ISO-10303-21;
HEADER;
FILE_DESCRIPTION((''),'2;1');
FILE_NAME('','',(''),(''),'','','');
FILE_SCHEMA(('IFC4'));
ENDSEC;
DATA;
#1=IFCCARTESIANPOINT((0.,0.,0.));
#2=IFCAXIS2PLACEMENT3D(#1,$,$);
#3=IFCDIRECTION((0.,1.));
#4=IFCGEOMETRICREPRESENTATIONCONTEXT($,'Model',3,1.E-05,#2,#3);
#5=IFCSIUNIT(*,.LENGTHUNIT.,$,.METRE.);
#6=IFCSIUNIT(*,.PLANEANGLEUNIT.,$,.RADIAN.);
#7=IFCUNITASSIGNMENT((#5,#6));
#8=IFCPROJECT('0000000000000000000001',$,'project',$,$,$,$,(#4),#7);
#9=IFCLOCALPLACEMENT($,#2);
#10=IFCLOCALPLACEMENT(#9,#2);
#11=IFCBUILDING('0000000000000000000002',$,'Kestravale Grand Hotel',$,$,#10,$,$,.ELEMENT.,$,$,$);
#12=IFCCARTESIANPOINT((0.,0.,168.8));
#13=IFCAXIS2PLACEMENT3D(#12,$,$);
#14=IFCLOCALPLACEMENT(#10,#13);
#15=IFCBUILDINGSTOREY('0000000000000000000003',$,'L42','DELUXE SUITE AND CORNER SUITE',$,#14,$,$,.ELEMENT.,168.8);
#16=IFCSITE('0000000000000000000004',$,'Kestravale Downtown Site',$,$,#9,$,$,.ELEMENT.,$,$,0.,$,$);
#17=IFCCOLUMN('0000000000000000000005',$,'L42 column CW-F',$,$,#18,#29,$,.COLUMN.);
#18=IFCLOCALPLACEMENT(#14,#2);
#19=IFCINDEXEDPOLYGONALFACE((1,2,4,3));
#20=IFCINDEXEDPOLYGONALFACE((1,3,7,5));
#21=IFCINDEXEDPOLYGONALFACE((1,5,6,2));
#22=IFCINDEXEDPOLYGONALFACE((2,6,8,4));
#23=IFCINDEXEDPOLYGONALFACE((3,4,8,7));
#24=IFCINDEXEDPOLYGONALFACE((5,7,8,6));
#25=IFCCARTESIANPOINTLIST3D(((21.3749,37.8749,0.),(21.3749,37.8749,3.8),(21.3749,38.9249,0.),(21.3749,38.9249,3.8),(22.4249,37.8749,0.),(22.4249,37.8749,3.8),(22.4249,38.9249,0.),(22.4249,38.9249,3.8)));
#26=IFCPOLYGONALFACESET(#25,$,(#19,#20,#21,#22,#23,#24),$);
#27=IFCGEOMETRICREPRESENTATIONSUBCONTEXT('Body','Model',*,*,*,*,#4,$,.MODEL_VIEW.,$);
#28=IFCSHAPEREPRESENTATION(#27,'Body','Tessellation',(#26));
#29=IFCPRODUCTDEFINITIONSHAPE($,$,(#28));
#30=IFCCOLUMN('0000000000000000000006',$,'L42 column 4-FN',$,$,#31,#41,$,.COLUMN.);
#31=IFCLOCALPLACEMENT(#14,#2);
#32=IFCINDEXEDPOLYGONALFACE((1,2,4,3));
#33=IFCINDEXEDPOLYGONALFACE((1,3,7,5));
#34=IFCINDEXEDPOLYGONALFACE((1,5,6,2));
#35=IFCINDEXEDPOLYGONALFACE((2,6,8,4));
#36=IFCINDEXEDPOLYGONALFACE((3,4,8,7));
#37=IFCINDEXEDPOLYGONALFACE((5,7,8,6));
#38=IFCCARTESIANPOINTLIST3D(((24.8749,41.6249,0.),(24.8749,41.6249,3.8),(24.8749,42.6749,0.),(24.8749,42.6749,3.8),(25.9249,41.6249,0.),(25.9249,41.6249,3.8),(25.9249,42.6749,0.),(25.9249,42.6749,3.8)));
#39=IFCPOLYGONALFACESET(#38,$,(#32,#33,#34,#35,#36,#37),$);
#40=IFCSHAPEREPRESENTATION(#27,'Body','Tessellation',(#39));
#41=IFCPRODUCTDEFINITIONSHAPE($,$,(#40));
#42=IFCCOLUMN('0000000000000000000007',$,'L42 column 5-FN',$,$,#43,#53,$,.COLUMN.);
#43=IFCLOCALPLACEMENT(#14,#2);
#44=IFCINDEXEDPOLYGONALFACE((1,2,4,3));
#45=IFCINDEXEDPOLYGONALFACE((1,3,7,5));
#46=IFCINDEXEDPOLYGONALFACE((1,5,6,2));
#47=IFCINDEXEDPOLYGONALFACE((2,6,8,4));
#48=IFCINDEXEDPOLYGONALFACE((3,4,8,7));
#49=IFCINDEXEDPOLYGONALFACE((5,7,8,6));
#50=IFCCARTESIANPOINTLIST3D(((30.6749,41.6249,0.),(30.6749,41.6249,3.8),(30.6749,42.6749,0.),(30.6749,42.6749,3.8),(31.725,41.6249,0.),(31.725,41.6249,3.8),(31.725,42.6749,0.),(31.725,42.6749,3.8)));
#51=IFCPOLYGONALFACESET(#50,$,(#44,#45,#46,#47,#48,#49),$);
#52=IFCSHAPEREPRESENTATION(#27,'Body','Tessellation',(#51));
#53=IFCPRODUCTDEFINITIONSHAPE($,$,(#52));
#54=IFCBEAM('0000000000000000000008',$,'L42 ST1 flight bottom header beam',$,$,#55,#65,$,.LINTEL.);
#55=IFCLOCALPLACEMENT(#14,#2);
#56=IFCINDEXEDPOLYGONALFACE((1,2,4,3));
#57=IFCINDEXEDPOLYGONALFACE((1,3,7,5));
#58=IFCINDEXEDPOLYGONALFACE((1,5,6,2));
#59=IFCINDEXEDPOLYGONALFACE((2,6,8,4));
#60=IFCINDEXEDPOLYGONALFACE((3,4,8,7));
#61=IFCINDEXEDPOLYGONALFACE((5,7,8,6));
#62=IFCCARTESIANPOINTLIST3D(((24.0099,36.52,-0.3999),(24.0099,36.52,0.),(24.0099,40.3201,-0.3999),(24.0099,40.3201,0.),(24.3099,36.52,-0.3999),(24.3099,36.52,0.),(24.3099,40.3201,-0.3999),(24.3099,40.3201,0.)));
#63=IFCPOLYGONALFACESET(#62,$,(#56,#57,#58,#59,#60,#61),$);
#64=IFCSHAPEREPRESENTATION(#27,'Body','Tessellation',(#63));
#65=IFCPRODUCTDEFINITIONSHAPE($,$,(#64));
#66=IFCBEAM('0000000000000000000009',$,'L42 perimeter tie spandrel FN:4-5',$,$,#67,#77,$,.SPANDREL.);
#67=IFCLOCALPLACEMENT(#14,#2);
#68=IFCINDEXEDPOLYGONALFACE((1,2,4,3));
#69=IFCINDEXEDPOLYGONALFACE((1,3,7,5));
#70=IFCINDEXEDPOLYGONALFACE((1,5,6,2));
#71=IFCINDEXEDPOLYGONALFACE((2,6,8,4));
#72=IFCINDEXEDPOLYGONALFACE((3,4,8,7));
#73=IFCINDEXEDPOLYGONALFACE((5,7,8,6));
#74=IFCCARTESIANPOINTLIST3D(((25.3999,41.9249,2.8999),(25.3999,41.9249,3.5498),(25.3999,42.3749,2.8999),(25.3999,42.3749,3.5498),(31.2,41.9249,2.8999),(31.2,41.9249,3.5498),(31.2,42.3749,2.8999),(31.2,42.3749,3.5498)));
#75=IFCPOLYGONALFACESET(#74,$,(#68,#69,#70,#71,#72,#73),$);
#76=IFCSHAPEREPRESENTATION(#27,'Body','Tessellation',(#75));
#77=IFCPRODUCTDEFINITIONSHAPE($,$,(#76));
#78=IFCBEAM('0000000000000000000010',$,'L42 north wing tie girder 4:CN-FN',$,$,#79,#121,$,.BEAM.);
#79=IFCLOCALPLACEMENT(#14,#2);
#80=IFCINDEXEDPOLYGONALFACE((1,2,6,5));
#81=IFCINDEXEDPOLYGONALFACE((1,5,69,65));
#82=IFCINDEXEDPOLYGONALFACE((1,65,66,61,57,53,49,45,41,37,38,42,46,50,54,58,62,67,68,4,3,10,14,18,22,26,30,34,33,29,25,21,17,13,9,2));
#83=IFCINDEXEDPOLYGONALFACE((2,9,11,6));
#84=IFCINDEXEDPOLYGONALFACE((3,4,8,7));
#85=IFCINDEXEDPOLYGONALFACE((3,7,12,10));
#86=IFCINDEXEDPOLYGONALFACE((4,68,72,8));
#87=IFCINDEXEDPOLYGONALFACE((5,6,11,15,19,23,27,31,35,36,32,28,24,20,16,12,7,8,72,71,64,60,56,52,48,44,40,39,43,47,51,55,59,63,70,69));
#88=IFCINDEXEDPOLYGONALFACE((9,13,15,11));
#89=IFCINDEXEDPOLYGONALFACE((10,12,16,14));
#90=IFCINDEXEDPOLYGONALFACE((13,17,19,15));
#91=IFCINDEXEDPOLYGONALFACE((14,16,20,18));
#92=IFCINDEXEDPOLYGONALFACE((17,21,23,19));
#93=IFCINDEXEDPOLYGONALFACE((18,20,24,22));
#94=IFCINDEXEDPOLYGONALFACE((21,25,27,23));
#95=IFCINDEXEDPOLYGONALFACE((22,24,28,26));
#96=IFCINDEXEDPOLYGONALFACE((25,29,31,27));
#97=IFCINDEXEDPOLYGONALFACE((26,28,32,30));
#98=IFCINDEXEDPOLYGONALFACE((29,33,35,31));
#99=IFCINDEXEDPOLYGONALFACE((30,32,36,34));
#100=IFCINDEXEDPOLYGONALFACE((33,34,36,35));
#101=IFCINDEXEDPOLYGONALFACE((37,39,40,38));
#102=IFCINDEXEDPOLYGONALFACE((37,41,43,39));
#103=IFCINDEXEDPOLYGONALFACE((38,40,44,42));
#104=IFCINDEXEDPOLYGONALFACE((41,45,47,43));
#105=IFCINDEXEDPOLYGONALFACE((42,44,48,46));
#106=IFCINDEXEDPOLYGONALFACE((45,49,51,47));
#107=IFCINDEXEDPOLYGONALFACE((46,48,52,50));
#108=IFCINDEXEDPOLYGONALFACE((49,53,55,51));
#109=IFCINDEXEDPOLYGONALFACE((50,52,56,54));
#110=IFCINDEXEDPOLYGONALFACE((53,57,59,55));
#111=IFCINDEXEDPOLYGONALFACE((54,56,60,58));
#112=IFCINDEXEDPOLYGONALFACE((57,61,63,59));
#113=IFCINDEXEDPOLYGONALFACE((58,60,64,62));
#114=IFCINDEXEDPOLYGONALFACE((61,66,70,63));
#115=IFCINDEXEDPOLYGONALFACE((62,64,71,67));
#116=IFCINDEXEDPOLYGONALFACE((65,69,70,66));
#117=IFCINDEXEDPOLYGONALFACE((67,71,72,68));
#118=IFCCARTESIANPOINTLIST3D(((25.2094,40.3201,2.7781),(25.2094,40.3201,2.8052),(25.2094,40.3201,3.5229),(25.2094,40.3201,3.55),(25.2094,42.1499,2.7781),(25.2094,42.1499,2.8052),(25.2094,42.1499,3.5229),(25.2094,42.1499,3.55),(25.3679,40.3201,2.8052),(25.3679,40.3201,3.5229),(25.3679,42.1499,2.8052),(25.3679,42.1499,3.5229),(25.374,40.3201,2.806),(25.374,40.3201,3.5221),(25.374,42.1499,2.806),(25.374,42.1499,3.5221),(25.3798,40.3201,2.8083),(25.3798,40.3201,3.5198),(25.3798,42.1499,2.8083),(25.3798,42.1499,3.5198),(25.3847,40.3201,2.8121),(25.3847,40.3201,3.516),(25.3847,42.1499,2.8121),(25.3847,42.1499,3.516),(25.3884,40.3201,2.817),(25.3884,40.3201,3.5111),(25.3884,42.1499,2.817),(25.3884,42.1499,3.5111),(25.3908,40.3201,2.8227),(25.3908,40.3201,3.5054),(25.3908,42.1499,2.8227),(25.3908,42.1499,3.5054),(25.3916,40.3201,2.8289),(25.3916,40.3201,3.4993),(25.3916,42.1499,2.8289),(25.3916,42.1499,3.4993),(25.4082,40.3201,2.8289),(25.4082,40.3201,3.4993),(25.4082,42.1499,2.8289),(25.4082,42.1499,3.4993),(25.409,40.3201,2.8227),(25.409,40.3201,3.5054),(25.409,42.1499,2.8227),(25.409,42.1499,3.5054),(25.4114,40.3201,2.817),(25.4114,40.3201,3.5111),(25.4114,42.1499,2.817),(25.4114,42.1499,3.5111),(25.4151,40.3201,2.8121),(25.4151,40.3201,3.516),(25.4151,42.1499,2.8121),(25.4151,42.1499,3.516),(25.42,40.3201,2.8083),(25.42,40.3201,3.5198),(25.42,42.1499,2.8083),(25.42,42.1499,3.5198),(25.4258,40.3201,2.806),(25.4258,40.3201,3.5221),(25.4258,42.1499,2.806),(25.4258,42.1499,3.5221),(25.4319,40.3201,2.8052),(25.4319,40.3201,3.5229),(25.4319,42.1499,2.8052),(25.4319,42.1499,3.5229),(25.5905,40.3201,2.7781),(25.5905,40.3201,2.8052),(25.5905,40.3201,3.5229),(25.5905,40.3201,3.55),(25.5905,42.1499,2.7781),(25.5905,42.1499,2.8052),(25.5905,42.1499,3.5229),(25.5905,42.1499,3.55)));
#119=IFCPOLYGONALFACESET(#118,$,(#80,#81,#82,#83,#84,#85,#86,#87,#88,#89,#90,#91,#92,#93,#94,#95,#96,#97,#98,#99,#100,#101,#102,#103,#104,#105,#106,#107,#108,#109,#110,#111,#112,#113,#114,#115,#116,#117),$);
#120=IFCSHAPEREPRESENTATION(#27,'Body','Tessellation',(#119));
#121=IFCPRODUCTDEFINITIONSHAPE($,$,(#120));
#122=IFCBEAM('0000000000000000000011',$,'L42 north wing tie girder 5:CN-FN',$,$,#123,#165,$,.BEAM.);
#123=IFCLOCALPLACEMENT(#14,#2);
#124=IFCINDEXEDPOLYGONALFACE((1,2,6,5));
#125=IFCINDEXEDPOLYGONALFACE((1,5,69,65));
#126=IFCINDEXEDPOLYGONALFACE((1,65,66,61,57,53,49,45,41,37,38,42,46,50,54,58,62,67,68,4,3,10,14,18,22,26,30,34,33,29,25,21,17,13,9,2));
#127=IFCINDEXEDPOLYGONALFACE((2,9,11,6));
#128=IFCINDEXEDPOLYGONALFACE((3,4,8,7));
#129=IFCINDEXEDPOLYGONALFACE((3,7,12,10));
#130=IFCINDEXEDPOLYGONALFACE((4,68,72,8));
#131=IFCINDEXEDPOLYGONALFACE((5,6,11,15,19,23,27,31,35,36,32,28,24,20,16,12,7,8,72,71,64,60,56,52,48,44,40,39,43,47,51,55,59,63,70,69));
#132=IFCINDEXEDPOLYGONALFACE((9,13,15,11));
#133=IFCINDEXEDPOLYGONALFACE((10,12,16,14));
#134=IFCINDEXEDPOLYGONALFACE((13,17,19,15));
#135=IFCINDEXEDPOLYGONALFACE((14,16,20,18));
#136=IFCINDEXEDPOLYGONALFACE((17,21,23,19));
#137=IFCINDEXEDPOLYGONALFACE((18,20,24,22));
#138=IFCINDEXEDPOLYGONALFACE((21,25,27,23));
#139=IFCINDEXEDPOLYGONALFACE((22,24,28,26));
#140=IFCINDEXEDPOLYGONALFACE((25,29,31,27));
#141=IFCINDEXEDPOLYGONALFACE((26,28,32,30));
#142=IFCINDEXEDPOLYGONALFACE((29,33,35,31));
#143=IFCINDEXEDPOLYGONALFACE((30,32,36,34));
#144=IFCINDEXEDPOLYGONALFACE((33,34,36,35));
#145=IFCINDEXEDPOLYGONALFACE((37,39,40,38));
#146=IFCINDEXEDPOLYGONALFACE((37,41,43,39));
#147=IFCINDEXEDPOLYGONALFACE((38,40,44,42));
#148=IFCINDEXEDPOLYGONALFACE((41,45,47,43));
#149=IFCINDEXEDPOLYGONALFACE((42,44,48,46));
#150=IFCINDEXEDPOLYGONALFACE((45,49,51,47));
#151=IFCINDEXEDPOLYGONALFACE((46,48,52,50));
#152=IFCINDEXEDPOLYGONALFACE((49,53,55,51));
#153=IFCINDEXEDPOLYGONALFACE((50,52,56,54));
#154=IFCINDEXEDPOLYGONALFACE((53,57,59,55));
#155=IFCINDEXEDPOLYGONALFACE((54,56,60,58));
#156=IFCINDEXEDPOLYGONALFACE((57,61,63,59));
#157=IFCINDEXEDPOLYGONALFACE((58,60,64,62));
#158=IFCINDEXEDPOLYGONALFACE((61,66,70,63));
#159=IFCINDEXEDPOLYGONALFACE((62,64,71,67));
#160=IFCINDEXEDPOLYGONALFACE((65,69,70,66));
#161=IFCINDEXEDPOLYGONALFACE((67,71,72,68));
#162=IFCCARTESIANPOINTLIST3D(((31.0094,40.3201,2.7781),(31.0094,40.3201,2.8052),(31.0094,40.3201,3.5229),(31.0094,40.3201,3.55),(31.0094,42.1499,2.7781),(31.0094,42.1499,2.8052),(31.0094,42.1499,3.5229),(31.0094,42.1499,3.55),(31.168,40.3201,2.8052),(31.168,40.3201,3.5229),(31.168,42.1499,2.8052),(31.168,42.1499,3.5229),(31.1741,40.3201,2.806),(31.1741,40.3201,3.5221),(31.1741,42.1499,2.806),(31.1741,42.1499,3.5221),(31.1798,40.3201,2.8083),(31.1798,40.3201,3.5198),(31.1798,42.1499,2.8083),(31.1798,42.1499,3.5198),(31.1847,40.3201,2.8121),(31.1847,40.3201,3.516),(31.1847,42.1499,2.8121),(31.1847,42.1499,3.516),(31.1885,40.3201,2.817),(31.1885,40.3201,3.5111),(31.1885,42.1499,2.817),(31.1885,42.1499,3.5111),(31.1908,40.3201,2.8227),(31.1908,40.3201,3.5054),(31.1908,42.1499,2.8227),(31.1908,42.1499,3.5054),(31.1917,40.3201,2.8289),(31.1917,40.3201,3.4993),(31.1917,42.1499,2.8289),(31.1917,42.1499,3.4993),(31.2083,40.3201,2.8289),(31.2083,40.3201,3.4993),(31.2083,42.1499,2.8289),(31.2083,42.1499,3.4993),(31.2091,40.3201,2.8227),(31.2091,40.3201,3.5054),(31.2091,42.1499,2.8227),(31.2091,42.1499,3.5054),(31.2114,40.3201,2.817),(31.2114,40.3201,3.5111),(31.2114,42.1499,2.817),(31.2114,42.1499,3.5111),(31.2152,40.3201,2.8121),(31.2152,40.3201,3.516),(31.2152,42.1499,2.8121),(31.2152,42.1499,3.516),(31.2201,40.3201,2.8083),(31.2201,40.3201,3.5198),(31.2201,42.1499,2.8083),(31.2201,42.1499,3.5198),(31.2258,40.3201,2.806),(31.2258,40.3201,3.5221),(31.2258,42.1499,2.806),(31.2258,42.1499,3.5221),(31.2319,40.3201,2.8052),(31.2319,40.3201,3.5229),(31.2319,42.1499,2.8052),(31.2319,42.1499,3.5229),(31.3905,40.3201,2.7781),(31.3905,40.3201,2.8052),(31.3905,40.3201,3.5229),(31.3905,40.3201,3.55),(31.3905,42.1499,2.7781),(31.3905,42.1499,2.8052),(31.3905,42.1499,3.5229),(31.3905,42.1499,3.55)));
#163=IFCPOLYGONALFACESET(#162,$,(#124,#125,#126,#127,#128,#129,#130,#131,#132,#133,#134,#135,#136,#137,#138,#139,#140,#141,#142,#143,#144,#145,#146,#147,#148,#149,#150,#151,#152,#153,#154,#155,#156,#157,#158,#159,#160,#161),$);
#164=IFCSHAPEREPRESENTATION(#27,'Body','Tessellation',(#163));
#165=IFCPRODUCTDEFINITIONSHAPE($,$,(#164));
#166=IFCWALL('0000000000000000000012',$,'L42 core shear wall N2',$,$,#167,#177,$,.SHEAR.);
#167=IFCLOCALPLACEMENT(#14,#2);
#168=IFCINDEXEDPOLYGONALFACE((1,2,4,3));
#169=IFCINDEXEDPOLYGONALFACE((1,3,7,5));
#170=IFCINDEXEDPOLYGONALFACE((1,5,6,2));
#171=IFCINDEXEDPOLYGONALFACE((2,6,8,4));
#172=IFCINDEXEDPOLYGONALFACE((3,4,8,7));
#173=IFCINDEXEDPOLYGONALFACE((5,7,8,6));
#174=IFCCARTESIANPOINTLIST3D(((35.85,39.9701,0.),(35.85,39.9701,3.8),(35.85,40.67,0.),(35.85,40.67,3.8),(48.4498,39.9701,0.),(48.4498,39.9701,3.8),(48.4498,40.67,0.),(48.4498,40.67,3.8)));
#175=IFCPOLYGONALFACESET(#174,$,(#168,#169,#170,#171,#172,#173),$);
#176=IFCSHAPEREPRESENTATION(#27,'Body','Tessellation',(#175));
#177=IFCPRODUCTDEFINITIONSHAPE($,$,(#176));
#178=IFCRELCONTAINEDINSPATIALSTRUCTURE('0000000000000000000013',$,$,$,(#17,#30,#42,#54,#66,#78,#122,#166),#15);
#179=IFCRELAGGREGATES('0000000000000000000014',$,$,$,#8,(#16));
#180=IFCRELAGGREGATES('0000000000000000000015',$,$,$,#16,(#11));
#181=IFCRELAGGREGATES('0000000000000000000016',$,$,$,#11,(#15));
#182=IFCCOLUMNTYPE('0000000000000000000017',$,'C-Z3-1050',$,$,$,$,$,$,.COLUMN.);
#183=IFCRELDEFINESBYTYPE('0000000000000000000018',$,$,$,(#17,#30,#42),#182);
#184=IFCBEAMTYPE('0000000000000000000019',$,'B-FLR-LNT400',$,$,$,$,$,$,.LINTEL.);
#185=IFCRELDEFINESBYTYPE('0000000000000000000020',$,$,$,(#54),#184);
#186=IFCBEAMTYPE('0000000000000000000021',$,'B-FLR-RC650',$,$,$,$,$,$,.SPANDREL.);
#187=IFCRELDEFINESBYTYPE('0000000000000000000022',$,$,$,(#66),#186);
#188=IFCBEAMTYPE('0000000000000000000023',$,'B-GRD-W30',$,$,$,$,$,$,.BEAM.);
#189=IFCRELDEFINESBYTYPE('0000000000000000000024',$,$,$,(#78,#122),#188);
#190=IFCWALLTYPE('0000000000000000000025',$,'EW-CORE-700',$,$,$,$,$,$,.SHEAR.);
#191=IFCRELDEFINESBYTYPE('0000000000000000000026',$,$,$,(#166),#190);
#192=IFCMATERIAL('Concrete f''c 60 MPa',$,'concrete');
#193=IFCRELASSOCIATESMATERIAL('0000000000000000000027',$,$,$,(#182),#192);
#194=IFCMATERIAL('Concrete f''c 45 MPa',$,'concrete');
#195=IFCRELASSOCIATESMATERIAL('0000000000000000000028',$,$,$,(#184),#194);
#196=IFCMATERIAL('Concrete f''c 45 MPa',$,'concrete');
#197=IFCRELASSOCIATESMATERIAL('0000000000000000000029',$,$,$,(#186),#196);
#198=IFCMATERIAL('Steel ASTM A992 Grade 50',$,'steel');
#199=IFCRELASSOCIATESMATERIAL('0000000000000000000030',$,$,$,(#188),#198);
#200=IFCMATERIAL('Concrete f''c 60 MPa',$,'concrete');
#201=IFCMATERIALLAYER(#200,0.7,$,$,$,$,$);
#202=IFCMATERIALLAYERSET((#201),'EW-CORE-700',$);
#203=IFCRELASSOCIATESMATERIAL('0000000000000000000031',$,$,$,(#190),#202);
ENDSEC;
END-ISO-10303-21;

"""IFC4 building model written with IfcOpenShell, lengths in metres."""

from ifc_helpers import new_model, si_unit, direction, frame, frame_2d, origin, origin_2d, place, context, subcontext, project, spatial, rectangle, i_section, extrude, material, layer, layer_set, material_profile, profile_set, type_object, element, save


model = new_model("IFC4")

# Units and contexts
model_context = context("Model", 3, precision=1e-05, world=origin(), true_north=direction((0.0, 1.0)))
body_context = subcontext(model_context, "Body", "Model", "MODEL_VIEW")
ifc_project = project(units=[si_unit("LENGTHUNIT", "METRE"), si_unit("PLANEANGLEUNIT", "RADIAN")], contexts=[model_context])

# Site, building, storey
site_placement = place(None, origin())
site = spatial("IfcSite", under=ifc_project, at=site_placement, Name="Kestravale Downtown Site", CompositionType="ELEMENT", RefElevation=0.0)
building_placement = place(site_placement, origin())
building = spatial("IfcBuilding", under=site, at=building_placement, Name="Kestravale Grand Hotel", CompositionType="ELEMENT")
storey_placement = place(building_placement, frame((0.0, 0.0, 168.8)))
storey = spatial("IfcBuildingStorey", under=building, at=storey_placement, Name="L42", Description="DELUXE SUITE AND CORNER SUITE", CompositionType="ELEMENT", Elevation=168.8)

# Columns
ifc_material_1 = material(Name="Concrete f'c 60 MPa", Category="concrete")
ifc_material_profile_1 = material_profile(ifc_material_1, rectangle(XDim=1.05, YDim=1.05, at=origin_2d()))
ifc_profile_set_1 = profile_set([ifc_material_profile_1], Name="Concrete f'c 60 MPa")
column_type = type_object("IfcColumnType", Name="C-Z3-1050", PredefinedType="COLUMN", material=ifc_profile_set_1)
for number, where, z_axis, x_axis, name in (
    (1, (21.8999, 38.3999, 0.0), (0.0, 0.0, 1.0), (1.0, 0.0, 0.0), "L42 column CW-F"),
    (2, (25.3999, 42.1499, 0.0), (0.0, 0.0, 1.0), (1.0, 0.0, 0.0), "L42 column 4-FN"),
    (3, (31.2, 42.1499, 0.0), (0.0, 0.0, 1.0), (1.0, 0.0, 0.0), "L42 column 5-FN"),
):
    element("IfcColumn", number, at=place(storey_placement, frame(where, z_axis=z_axis, x_axis=x_axis)), inside=storey, type_object=column_type, Name=name, PredefinedType="COLUMN", context=body_context, shape_type="SweptSolid", body=[
        extrude(rectangle(XDim=1.05, YDim=1.05, at=origin_2d()), origin(), (0.0, 0.0, 1.0), 3.8),
    ])

# Beams
ifc_material_2 = material(Name="Concrete f'c 45 MPa", Category="concrete")
ifc_material_profile_2 = material_profile(ifc_material_2, rectangle(XDim=0.3, YDim=0.3999, at=origin_2d()))
ifc_profile_set_2 = profile_set([ifc_material_profile_2], Name="Concrete f'c 45 MPa")
beam_type_1 = type_object("IfcBeamType", Name="B-FLR-LNT400", PredefinedType="LINTEL", material=ifc_profile_set_2)
beam_1_placement = place(storey_placement, frame((24.1599, 36.52, -0.2), z_axis=(0.0, 1.0, 0.0), x_axis=(-1.0, 0.0, 0.0)))
element("IfcBeam", 4, at=beam_1_placement, inside=storey, type_object=beam_type_1, Name="L42 ST1 flight bottom header beam", PredefinedType="LINTEL", context=body_context, shape_type="SweptSolid", body=[
    extrude(rectangle(XDim=0.3, YDim=0.3999, at=origin_2d()), origin(), (0.0, 0.0, 1.0), 3.8),
])
ifc_material_3 = material(Name="Concrete f'c 45 MPa", Category="concrete")
ifc_material_profile_3 = material_profile(ifc_material_3, rectangle(XDim=0.45, YDim=0.6499, at=origin_2d()))
ifc_profile_set_3 = profile_set([ifc_material_profile_3], Name="Concrete f'c 45 MPa")
beam_type_2 = type_object("IfcBeamType", Name="B-FLR-RC650", PredefinedType="SPANDREL", material=ifc_profile_set_3)
beam_2_placement = place(storey_placement, frame((25.3999, 42.1499, 3.2249), z_axis=(1.0, 0.0, 0.0), x_axis=(0.0, 1.0, 0.0)))
element("IfcBeam", 5, at=beam_2_placement, inside=storey, type_object=beam_type_2, Name="L42 perimeter tie spandrel FN:4-5", PredefinedType="SPANDREL", context=body_context, shape_type="SweptSolid", body=[
    extrude(rectangle(XDim=0.45, YDim=0.6499, at=origin_2d()), origin(), (0.0, 0.0, 1.0), 5.8),
])
ifc_material_4 = material(Name="Steel ASTM A992 Grade 50", Category="steel")
ifc_material_profile_4 = material_profile(ifc_material_4, i_section(OverallWidth=0.3811, OverallDepth=0.772, WebThickness=0.0166, FlangeThickness=0.0271, FilletRadius=0.0237, at=origin_2d()))
ifc_profile_set_4 = profile_set([ifc_material_profile_4], Name="Steel ASTM A992 Grade 50")
beam_type_3 = type_object("IfcBeamType", Name="B-GRD-W30", PredefinedType="BEAM", material=ifc_profile_set_4)
for number, where, z_axis, x_axis, name in (
    (6, (25.3999, 40.3201, 3.1641), (0.0, 1.0, 0.0), (-1.0, 0.0, 0.0), "L42 north wing tie girder 4:CN-FN"),
    (7, (31.2, 40.3201, 3.1641), (0.0, 1.0, 0.0), (-1.0, 0.0, 0.0), "L42 north wing tie girder 5:CN-FN"),
):
    element("IfcBeam", number, at=place(storey_placement, frame(where, z_axis=z_axis, x_axis=x_axis)), inside=storey, type_object=beam_type_3, Name=name, PredefinedType="BEAM", context=body_context, shape_type="SweptSolid", body=[
        extrude(i_section(OverallWidth=0.3811, OverallDepth=0.772, WebThickness=0.0166, FlangeThickness=0.0271, FilletRadius=0.0237, at=origin_2d()), origin(), (0.0, 0.0, 1.0), 1.8298),
    ])

# Wall
ifc_material_5 = material(Name="Concrete f'c 60 MPa", Category="concrete")
ifc_layer_1 = layer(ifc_material_5, 0.7)
ifc_layer_set_1 = layer_set([ifc_layer_1], Name="EW-CORE-700")
wall_type_1 = type_object("IfcWallType", Name="EW-CORE-700", PredefinedType="SHEAR", material=ifc_layer_set_1)
wall_1_placement = place(storey_placement, frame((35.8501, 40.3201, 0.0), z_axis=(0.0, 0.0, 1.0), x_axis=(1.0, 0.0, 0.0)))
element("IfcWall", 8, at=wall_1_placement, inside=storey, type_object=wall_type_1, Name="L42 core shear wall N2", PredefinedType="SHEAR", context=body_context, shape_type="SweptSolid", body=[
    extrude(rectangle(XDim=12.5999, YDim=0.7, at=frame_2d((6.2998, 0.0))), origin(), (0.0, 0.0, 1.0), 3.8),
])

save(model, "model.ifc")
